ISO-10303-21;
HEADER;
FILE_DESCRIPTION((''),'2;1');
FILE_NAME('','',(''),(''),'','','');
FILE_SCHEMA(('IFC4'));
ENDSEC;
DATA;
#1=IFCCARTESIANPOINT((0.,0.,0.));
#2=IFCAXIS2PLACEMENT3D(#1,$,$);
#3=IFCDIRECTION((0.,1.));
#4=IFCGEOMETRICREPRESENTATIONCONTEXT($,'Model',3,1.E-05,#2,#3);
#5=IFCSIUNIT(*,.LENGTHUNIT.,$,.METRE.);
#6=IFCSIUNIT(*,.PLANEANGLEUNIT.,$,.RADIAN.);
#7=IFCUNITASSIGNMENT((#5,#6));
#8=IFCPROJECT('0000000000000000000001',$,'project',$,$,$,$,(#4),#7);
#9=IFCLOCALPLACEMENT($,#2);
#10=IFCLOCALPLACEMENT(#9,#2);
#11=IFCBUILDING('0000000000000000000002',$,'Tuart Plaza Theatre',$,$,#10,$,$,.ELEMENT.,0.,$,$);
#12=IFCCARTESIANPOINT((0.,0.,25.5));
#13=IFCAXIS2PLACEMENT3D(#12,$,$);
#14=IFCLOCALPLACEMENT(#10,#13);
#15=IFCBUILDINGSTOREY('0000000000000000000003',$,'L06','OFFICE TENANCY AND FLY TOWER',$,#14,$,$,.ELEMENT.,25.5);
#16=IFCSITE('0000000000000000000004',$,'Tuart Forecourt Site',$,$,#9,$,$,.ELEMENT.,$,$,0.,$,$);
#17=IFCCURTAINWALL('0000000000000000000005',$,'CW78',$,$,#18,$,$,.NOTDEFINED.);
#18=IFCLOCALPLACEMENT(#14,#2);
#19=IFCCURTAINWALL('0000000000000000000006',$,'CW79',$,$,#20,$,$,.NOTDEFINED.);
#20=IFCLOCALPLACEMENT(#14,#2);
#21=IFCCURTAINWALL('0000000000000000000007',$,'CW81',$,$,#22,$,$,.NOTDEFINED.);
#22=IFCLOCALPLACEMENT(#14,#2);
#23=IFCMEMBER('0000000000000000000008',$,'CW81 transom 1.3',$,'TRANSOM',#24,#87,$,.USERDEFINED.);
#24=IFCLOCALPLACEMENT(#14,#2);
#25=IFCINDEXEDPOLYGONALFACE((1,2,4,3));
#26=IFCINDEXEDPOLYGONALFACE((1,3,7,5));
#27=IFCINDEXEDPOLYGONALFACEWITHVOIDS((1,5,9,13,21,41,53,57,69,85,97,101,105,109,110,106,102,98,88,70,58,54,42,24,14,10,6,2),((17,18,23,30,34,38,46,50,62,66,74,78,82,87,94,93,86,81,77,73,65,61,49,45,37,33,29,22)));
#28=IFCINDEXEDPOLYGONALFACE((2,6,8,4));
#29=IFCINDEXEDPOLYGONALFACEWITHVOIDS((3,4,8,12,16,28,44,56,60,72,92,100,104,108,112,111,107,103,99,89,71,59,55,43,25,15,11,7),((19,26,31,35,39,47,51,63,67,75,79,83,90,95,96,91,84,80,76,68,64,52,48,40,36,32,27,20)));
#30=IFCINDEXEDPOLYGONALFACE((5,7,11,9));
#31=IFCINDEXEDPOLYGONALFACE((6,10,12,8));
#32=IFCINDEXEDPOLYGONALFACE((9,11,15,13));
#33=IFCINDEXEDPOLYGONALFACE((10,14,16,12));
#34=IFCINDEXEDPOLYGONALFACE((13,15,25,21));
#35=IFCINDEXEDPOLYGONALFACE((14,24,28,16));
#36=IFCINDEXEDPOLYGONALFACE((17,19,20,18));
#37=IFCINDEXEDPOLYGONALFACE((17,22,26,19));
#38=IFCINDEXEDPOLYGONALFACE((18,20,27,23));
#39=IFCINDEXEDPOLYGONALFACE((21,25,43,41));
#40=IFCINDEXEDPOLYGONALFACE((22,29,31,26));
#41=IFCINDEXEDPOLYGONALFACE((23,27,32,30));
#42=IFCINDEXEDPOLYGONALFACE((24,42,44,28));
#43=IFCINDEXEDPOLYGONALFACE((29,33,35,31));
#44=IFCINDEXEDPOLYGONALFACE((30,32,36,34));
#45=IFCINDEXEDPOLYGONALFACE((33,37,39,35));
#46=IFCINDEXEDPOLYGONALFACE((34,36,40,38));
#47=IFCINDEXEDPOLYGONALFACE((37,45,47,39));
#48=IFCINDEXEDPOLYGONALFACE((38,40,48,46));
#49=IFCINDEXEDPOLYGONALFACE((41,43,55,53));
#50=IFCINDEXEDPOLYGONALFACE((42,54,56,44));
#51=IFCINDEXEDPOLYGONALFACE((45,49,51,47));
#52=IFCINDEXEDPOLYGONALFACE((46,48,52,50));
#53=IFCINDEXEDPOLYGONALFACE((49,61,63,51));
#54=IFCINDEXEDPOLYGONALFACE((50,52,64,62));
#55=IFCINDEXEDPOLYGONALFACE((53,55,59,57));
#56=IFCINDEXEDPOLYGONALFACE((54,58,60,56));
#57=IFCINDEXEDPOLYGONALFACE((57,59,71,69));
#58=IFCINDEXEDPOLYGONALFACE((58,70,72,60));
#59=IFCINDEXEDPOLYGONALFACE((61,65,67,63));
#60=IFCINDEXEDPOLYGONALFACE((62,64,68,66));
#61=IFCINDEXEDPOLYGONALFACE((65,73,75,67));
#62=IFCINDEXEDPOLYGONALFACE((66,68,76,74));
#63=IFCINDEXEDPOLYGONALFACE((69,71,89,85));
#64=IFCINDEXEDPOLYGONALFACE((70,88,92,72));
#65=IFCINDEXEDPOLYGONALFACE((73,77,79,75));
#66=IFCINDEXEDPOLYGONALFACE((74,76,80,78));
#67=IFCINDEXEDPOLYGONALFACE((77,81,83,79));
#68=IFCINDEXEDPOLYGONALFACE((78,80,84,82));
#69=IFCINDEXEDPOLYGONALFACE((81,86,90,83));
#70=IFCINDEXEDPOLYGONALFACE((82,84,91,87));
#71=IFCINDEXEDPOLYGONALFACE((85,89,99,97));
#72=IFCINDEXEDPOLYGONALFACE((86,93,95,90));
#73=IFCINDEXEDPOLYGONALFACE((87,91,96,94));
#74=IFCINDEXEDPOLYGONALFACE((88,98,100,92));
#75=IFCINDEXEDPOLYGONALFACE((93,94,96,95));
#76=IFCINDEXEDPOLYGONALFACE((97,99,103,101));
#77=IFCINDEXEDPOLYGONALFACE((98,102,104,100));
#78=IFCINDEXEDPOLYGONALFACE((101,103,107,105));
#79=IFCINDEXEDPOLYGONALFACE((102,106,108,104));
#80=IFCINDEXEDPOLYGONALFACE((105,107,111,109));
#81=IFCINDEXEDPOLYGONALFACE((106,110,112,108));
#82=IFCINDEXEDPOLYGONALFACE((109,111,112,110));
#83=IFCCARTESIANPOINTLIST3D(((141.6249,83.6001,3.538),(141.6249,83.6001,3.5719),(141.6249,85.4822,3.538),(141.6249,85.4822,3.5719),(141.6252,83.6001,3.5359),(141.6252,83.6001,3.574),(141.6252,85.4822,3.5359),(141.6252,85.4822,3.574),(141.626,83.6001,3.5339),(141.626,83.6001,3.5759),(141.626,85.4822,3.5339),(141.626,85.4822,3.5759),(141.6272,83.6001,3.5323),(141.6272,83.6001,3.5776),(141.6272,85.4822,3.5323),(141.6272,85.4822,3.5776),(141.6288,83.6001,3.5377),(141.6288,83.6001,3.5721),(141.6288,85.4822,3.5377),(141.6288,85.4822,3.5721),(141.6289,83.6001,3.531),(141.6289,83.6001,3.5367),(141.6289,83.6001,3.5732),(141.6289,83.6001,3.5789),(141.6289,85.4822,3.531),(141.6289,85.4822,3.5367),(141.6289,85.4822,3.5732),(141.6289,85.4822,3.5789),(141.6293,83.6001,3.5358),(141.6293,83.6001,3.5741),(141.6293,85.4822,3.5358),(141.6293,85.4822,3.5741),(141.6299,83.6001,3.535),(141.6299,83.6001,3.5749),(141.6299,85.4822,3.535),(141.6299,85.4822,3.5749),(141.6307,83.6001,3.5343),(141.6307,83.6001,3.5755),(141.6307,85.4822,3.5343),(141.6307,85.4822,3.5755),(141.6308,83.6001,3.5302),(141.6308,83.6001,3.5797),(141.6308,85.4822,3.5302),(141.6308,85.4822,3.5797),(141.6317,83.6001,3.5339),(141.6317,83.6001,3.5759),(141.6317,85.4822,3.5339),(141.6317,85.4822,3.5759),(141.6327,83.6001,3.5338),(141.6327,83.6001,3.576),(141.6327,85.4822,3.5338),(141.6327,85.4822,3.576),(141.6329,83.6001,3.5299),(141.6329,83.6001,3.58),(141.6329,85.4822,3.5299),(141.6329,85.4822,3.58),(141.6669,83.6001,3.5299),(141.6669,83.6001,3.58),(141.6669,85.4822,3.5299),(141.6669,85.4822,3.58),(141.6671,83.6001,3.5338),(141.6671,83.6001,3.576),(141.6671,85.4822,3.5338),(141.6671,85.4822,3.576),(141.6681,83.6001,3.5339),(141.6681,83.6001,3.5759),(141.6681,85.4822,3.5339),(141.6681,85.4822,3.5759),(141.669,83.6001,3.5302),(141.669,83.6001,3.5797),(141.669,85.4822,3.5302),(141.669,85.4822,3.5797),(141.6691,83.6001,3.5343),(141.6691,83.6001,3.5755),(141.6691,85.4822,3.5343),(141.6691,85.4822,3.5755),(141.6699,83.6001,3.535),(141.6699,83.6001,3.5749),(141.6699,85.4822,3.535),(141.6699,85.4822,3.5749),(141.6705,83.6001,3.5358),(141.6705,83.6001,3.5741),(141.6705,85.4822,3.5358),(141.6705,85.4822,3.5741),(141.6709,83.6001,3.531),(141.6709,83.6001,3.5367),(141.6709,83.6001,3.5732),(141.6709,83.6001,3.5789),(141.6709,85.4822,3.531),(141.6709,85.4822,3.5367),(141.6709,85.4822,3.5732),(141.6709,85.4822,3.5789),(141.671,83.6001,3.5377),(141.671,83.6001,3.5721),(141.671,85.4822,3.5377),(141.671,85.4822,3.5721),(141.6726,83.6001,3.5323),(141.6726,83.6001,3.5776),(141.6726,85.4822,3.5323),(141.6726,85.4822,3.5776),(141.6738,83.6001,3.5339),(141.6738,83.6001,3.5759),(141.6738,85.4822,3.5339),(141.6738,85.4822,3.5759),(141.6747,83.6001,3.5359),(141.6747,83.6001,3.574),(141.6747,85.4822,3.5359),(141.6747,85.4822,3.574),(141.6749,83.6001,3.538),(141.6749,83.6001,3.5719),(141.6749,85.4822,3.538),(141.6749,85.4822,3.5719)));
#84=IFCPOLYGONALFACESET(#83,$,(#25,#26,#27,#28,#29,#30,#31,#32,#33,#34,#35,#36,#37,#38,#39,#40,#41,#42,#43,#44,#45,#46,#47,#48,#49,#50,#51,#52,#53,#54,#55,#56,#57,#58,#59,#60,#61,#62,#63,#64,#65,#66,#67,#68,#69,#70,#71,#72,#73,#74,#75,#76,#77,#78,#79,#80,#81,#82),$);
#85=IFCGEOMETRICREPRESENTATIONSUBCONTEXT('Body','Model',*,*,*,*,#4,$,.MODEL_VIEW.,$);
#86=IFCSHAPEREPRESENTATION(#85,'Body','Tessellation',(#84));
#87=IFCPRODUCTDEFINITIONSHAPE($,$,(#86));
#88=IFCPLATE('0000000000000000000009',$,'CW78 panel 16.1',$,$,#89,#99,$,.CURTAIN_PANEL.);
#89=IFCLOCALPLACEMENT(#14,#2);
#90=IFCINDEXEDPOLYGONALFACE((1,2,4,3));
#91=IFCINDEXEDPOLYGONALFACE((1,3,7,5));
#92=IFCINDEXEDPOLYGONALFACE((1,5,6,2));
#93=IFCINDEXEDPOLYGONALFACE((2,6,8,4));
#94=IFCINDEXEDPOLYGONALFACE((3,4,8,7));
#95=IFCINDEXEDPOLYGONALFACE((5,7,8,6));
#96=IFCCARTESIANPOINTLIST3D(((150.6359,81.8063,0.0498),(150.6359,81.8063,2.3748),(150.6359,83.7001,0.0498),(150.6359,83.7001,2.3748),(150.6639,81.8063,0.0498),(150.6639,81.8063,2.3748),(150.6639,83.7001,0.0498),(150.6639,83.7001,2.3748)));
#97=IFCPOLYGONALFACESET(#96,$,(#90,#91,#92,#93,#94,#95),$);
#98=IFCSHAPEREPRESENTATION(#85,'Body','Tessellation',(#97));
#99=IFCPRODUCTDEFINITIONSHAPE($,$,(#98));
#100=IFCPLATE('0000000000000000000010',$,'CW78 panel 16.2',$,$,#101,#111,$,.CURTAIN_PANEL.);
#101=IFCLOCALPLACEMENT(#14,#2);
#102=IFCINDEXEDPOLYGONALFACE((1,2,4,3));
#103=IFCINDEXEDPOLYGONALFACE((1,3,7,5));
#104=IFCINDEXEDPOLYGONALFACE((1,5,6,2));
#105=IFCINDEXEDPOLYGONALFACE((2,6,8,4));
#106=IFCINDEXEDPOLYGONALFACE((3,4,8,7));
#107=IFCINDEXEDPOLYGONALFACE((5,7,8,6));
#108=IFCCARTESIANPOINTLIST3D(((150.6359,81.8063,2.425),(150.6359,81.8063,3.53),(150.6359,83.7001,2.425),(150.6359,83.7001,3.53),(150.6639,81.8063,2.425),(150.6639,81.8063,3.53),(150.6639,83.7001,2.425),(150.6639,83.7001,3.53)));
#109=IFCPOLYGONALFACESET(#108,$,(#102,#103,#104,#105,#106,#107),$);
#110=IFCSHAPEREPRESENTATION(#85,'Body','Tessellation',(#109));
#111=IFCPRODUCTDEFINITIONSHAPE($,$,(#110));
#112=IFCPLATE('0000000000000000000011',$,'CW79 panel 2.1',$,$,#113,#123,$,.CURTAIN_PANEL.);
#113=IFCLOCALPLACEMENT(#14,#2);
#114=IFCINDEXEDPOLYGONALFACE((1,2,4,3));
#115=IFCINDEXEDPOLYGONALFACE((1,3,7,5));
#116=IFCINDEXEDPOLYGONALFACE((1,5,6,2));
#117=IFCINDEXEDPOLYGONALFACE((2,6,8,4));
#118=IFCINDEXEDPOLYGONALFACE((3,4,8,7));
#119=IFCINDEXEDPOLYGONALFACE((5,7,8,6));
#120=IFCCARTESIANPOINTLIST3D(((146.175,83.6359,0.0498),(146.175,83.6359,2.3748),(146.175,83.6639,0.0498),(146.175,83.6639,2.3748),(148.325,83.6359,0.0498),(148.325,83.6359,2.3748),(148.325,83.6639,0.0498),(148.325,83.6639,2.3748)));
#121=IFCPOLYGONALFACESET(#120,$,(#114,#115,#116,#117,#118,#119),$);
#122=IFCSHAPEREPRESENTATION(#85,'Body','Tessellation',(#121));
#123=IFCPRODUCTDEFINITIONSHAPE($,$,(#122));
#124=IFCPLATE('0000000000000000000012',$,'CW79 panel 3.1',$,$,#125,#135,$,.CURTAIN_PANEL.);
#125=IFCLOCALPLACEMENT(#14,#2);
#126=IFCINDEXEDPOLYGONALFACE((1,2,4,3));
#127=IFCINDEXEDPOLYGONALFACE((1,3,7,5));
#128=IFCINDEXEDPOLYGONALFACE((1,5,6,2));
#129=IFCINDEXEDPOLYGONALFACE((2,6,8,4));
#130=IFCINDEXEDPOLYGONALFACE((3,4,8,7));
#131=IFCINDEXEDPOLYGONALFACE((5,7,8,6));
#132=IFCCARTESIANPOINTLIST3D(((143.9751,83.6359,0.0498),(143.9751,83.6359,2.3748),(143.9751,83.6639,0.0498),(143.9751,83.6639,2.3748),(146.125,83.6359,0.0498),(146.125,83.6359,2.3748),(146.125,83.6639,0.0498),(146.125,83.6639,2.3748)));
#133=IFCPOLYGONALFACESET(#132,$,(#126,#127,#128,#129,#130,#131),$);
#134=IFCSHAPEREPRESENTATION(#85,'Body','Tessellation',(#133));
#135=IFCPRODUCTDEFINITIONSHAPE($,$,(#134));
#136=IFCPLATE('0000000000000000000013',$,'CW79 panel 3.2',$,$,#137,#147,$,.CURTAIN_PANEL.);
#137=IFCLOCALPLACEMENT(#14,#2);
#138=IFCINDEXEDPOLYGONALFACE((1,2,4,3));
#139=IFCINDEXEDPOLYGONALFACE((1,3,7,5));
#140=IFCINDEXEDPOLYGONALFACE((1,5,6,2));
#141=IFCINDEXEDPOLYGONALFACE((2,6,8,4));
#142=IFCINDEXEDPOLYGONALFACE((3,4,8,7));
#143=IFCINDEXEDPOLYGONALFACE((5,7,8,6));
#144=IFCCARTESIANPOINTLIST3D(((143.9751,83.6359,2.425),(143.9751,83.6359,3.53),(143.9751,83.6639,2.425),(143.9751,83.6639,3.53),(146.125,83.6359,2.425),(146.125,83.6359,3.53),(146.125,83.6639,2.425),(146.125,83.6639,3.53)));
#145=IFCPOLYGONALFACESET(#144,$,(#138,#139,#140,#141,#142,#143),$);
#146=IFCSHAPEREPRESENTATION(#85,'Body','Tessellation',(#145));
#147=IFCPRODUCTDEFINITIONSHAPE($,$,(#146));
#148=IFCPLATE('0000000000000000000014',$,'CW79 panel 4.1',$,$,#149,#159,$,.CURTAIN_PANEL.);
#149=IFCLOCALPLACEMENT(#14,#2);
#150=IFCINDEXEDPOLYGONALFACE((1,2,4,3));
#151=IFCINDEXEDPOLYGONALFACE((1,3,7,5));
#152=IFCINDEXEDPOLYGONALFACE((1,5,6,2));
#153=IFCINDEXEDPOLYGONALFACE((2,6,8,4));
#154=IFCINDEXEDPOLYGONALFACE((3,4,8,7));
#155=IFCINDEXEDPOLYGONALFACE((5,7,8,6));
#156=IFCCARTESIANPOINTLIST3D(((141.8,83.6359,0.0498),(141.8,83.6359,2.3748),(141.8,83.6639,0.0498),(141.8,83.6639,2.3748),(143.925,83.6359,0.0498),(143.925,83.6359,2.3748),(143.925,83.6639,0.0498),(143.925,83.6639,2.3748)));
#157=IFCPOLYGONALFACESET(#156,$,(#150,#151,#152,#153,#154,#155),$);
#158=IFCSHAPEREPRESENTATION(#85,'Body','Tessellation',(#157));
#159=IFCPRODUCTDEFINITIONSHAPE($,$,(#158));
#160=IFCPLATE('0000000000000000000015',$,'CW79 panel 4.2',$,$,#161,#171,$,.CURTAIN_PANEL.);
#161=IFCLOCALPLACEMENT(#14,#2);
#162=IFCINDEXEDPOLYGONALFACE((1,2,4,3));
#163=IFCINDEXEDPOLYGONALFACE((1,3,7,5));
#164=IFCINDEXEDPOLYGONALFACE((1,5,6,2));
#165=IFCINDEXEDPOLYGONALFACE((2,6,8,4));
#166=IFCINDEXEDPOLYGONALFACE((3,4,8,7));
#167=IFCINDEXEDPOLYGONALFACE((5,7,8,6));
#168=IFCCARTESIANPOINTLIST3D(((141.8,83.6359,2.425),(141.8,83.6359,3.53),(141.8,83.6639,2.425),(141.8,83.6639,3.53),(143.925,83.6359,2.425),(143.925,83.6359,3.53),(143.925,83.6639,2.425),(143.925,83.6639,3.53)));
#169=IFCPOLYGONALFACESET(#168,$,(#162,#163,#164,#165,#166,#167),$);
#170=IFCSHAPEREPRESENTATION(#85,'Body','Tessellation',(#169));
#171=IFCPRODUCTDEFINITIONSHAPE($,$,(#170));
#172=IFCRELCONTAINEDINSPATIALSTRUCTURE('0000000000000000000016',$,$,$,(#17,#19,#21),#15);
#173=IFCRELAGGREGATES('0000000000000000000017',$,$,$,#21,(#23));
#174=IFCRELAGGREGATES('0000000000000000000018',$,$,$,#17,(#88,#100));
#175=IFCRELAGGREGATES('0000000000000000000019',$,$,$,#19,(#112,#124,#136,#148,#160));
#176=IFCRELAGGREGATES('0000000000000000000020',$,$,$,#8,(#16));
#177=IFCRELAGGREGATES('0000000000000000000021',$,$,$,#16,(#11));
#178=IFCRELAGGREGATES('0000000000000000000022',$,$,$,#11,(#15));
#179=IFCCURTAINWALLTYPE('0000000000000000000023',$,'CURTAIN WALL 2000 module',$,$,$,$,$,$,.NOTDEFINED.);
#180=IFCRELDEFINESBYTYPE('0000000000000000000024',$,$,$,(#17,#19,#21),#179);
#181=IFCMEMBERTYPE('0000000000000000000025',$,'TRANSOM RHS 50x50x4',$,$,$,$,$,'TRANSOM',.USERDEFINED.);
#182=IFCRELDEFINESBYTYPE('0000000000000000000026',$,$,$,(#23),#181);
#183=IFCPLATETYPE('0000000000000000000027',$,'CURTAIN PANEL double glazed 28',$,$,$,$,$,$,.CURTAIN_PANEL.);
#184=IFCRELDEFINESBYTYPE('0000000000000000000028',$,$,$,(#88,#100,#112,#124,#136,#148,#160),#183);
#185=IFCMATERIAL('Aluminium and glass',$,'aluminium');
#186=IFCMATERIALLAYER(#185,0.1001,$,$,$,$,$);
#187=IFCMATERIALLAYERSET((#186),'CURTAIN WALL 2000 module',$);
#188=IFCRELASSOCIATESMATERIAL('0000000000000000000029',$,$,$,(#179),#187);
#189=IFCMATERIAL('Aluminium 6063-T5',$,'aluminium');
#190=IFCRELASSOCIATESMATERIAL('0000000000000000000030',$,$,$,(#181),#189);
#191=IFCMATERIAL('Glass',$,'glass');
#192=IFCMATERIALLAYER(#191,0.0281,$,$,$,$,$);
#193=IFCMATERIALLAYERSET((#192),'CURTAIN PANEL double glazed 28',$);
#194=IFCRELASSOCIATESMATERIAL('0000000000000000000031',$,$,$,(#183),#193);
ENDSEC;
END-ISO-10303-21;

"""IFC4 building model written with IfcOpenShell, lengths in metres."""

from ifc_helpers import new_model, si_unit, direction, frame, origin, origin_2d, place, context, subcontext, project, spatial, rectangle, hollow_rectangle, extrude, material, layer, layer_set, material_profile, profile_set, type_object, element, aggregate, save


model = new_model("IFC4")

# Units and contexts
model_context = context("Model", 3, precision=1e-05, world=origin(), true_north=direction((0.0, 1.0)))
body_context = subcontext(model_context, "Body", "Model", "MODEL_VIEW")
ifc_project = project(units=[si_unit("LENGTHUNIT", "METRE"), si_unit("PLANEANGLEUNIT", "RADIAN")], contexts=[model_context])

# Site, building, storey
site_placement = place(None, origin())
site = spatial("IfcSite", under=ifc_project, at=site_placement, Name="Tuart Forecourt Site", CompositionType="ELEMENT", RefElevation=0.0)
building_placement = place(site_placement, origin())
building = spatial("IfcBuilding", under=site, at=building_placement, Name="Tuart Plaza Theatre", CompositionType="ELEMENT", ElevationOfRefHeight=0.0)
storey_placement = place(building_placement, frame((0.0, 0.0, 25.5)))
storey = spatial("IfcBuildingStorey", under=building, at=storey_placement, Name="L06", Description="OFFICE TENANCY AND FLY TOWER", CompositionType="ELEMENT", Elevation=25.5)

# Curtain wall
ifc_material_1 = material(Name="Aluminium and glass", Category="aluminium")
ifc_layer_1 = layer(ifc_material_1, 0.1001)
ifc_layer_set_1 = layer_set([ifc_layer_1], Name="CURTAIN WALL 2000 module")
curtain_wall_type = type_object("IfcCurtainWallType", Name="CURTAIN WALL 2000 module", PredefinedType="NOTDEFINED", material=ifc_layer_set_1)
curtain_wall_1_placement = place(storey_placement, origin())
curtain_wall_1 = element("IfcCurtainWall", 1, at=curtain_wall_1_placement, inside=storey, type_object=curtain_wall_type, Name="CW78", PredefinedType="NOTDEFINED")

# Curtain wall
curtain_wall_2_placement = place(storey_placement, origin())
curtain_wall_2 = element("IfcCurtainWall", 2, at=curtain_wall_2_placement, inside=storey, type_object=curtain_wall_type, Name="CW79", PredefinedType="NOTDEFINED")

# Curtain wall
curtain_wall_3_placement = place(storey_placement, origin())
curtain_wall_3 = element("IfcCurtainWall", 3, at=curtain_wall_3_placement, inside=storey, type_object=curtain_wall_type, Name="CW81", PredefinedType="NOTDEFINED")

# Member
ifc_material_2 = material(Name="Aluminium 6063-T5", Category="aluminium")
ifc_material_profile_1 = material_profile(ifc_material_2, hollow_rectangle(XDim=0.05, YDim=0.05, WallThickness=0.0039, InnerFilletRadius=0.0039, OuterFilletRadius=0.0081, at=origin_2d()), Name="RHS 50x50x4")
ifc_profile_set_1 = profile_set([ifc_material_profile_1], Name="Aluminium 6063-T5")
member_type_1 = type_object("IfcMemberType", Name="TRANSOM RHS 50x50x4", ElementType="TRANSOM", PredefinedType="USERDEFINED", material=ifc_profile_set_1)
member_1_placement = place(storey_placement, frame((141.6499, 83.6001, 3.5549), z_axis=(0.0, 1.0, 0.0), x_axis=(-1.0, 0.0, 0.0)))
member_1 = element("IfcMember", 4, at=member_1_placement, type_object=member_type_1, Name="CW81 transom 1.3", ObjectType="TRANSOM", PredefinedType="USERDEFINED", context=body_context, shape_type="SweptSolid", body=[
    extrude(hollow_rectangle(XDim=0.05, YDim=0.05, WallThickness=0.0039, InnerFilletRadius=0.0039, OuterFilletRadius=0.0081, at=origin_2d()), origin(), (0.0, 0.0, 1.0), 1.8821),
])
aggregate(curtain_wall_3, [member_1])

# Plates
ifc_material_3 = material(Name="Glass", Category="glass")
ifc_layer_2 = layer(ifc_material_3, 0.0281)
ifc_layer_set_2 = layer_set([ifc_layer_2], Name="CURTAIN PANEL double glazed 28")
plate_type = type_object("IfcPlateType", Name="CURTAIN PANEL double glazed 28", PredefinedType="CURTAIN_PANEL", material=ifc_layer_set_2)
plate_1_placement = place(storey_placement, frame((150.6499, 82.7532, 0.0498), z_axis=(0.0, 0.0, 1.0), x_axis=(0.0, 1.0, 0.0)))
plate_1 = element("IfcPlate", 5, at=plate_1_placement, type_object=plate_type, Name="CW78 panel 16.1", PredefinedType="CURTAIN_PANEL", context=body_context, shape_type="SweptSolid", body=[
    extrude(rectangle(XDim=1.8938, YDim=0.0281, at=origin_2d()), origin(), (0.0, 0.0, 1.0), 2.325),
])
plate_2_placement = place(storey_placement, frame((150.6499, 82.7532, 2.425), z_axis=(0.0, 0.0, 1.0), x_axis=(0.0, 1.0, 0.0)))
plate_2 = element("IfcPlate", 6, at=plate_2_placement, type_object=plate_type, Name="CW78 panel 16.2", PredefinedType="CURTAIN_PANEL", context=body_context, shape_type="SweptSolid", body=[
    extrude(rectangle(XDim=1.8938, YDim=0.0281, at=origin_2d()), origin(), (0.0, 0.0, 1.0), 1.105),
])
aggregate(curtain_wall_1, [plate_1, plate_2])
plate_3_placement = place(storey_placement, frame((147.25, 83.6499, 0.0498), z_axis=(0.0, 0.0, 1.0), x_axis=(-1.0, 0.0, 0.0)))
plate_3 = element("IfcPlate", 7, at=plate_3_placement, type_object=plate_type, Name="CW79 panel 2.1", PredefinedType="CURTAIN_PANEL", context=body_context, shape_type="SweptSolid", body=[
    extrude(rectangle(XDim=2.1499, YDim=0.0281, at=origin_2d()), origin(), (0.0, 0.0, 1.0), 2.325),
])
plate_4_placement = place(storey_placement, frame((145.05, 83.6499, 0.0498), z_axis=(0.0, 0.0, 1.0), x_axis=(-1.0, 0.0, 0.0)))
plate_4 = element("IfcPlate", 8, at=plate_4_placement, type_object=plate_type, Name="CW79 panel 3.1", PredefinedType="CURTAIN_PANEL", context=body_context, shape_type="SweptSolid", body=[
    extrude(rectangle(XDim=2.1499, YDim=0.0281, at=origin_2d()), origin(), (0.0, 0.0, 1.0), 2.325),
])
plate_5_placement = place(storey_placement, frame((145.05, 83.6499, 2.425), z_axis=(0.0, 0.0, 1.0), x_axis=(-1.0, 0.0, 0.0)))
plate_5 = element("IfcPlate", 9, at=plate_5_placement, type_object=plate_type, Name="CW79 panel 3.2", PredefinedType="CURTAIN_PANEL", context=body_context, shape_type="SweptSolid", body=[
    extrude(rectangle(XDim=2.1499, YDim=0.0281, at=origin_2d()), origin(), (0.0, 0.0, 1.0), 1.105),
])
plate_6_placement = place(storey_placement, frame((142.8625, 83.6499, 0.0498), z_axis=(0.0, 0.0, 1.0), x_axis=(-1.0, 0.0, 0.0)))
plate_6 = element("IfcPlate", 10, at=plate_6_placement, type_object=plate_type, Name="CW79 panel 4.1", PredefinedType="CURTAIN_PANEL", context=body_context, shape_type="SweptSolid", body=[
    extrude(rectangle(XDim=2.125, YDim=0.0281, at=origin_2d()), origin(), (0.0, 0.0, 1.0), 2.325),
])
plate_7_placement = place(storey_placement, frame((142.8625, 83.6499, 2.425), z_axis=(0.0, 0.0, 1.0), x_axis=(-1.0, 0.0, 0.0)))
plate_7 = element("IfcPlate", 11, at=plate_7_placement, type_object=plate_type, Name="CW79 panel 4.2", PredefinedType="CURTAIN_PANEL", context=body_context, shape_type="SweptSolid", body=[
    extrude(rectangle(XDim=2.125, YDim=0.0281, at=origin_2d()), origin(), (0.0, 0.0, 1.0), 1.105),
])
aggregate(curtain_wall_2, [plate_3, plate_4, plate_5, plate_6, plate_7])

save(model, "model.ifc")
